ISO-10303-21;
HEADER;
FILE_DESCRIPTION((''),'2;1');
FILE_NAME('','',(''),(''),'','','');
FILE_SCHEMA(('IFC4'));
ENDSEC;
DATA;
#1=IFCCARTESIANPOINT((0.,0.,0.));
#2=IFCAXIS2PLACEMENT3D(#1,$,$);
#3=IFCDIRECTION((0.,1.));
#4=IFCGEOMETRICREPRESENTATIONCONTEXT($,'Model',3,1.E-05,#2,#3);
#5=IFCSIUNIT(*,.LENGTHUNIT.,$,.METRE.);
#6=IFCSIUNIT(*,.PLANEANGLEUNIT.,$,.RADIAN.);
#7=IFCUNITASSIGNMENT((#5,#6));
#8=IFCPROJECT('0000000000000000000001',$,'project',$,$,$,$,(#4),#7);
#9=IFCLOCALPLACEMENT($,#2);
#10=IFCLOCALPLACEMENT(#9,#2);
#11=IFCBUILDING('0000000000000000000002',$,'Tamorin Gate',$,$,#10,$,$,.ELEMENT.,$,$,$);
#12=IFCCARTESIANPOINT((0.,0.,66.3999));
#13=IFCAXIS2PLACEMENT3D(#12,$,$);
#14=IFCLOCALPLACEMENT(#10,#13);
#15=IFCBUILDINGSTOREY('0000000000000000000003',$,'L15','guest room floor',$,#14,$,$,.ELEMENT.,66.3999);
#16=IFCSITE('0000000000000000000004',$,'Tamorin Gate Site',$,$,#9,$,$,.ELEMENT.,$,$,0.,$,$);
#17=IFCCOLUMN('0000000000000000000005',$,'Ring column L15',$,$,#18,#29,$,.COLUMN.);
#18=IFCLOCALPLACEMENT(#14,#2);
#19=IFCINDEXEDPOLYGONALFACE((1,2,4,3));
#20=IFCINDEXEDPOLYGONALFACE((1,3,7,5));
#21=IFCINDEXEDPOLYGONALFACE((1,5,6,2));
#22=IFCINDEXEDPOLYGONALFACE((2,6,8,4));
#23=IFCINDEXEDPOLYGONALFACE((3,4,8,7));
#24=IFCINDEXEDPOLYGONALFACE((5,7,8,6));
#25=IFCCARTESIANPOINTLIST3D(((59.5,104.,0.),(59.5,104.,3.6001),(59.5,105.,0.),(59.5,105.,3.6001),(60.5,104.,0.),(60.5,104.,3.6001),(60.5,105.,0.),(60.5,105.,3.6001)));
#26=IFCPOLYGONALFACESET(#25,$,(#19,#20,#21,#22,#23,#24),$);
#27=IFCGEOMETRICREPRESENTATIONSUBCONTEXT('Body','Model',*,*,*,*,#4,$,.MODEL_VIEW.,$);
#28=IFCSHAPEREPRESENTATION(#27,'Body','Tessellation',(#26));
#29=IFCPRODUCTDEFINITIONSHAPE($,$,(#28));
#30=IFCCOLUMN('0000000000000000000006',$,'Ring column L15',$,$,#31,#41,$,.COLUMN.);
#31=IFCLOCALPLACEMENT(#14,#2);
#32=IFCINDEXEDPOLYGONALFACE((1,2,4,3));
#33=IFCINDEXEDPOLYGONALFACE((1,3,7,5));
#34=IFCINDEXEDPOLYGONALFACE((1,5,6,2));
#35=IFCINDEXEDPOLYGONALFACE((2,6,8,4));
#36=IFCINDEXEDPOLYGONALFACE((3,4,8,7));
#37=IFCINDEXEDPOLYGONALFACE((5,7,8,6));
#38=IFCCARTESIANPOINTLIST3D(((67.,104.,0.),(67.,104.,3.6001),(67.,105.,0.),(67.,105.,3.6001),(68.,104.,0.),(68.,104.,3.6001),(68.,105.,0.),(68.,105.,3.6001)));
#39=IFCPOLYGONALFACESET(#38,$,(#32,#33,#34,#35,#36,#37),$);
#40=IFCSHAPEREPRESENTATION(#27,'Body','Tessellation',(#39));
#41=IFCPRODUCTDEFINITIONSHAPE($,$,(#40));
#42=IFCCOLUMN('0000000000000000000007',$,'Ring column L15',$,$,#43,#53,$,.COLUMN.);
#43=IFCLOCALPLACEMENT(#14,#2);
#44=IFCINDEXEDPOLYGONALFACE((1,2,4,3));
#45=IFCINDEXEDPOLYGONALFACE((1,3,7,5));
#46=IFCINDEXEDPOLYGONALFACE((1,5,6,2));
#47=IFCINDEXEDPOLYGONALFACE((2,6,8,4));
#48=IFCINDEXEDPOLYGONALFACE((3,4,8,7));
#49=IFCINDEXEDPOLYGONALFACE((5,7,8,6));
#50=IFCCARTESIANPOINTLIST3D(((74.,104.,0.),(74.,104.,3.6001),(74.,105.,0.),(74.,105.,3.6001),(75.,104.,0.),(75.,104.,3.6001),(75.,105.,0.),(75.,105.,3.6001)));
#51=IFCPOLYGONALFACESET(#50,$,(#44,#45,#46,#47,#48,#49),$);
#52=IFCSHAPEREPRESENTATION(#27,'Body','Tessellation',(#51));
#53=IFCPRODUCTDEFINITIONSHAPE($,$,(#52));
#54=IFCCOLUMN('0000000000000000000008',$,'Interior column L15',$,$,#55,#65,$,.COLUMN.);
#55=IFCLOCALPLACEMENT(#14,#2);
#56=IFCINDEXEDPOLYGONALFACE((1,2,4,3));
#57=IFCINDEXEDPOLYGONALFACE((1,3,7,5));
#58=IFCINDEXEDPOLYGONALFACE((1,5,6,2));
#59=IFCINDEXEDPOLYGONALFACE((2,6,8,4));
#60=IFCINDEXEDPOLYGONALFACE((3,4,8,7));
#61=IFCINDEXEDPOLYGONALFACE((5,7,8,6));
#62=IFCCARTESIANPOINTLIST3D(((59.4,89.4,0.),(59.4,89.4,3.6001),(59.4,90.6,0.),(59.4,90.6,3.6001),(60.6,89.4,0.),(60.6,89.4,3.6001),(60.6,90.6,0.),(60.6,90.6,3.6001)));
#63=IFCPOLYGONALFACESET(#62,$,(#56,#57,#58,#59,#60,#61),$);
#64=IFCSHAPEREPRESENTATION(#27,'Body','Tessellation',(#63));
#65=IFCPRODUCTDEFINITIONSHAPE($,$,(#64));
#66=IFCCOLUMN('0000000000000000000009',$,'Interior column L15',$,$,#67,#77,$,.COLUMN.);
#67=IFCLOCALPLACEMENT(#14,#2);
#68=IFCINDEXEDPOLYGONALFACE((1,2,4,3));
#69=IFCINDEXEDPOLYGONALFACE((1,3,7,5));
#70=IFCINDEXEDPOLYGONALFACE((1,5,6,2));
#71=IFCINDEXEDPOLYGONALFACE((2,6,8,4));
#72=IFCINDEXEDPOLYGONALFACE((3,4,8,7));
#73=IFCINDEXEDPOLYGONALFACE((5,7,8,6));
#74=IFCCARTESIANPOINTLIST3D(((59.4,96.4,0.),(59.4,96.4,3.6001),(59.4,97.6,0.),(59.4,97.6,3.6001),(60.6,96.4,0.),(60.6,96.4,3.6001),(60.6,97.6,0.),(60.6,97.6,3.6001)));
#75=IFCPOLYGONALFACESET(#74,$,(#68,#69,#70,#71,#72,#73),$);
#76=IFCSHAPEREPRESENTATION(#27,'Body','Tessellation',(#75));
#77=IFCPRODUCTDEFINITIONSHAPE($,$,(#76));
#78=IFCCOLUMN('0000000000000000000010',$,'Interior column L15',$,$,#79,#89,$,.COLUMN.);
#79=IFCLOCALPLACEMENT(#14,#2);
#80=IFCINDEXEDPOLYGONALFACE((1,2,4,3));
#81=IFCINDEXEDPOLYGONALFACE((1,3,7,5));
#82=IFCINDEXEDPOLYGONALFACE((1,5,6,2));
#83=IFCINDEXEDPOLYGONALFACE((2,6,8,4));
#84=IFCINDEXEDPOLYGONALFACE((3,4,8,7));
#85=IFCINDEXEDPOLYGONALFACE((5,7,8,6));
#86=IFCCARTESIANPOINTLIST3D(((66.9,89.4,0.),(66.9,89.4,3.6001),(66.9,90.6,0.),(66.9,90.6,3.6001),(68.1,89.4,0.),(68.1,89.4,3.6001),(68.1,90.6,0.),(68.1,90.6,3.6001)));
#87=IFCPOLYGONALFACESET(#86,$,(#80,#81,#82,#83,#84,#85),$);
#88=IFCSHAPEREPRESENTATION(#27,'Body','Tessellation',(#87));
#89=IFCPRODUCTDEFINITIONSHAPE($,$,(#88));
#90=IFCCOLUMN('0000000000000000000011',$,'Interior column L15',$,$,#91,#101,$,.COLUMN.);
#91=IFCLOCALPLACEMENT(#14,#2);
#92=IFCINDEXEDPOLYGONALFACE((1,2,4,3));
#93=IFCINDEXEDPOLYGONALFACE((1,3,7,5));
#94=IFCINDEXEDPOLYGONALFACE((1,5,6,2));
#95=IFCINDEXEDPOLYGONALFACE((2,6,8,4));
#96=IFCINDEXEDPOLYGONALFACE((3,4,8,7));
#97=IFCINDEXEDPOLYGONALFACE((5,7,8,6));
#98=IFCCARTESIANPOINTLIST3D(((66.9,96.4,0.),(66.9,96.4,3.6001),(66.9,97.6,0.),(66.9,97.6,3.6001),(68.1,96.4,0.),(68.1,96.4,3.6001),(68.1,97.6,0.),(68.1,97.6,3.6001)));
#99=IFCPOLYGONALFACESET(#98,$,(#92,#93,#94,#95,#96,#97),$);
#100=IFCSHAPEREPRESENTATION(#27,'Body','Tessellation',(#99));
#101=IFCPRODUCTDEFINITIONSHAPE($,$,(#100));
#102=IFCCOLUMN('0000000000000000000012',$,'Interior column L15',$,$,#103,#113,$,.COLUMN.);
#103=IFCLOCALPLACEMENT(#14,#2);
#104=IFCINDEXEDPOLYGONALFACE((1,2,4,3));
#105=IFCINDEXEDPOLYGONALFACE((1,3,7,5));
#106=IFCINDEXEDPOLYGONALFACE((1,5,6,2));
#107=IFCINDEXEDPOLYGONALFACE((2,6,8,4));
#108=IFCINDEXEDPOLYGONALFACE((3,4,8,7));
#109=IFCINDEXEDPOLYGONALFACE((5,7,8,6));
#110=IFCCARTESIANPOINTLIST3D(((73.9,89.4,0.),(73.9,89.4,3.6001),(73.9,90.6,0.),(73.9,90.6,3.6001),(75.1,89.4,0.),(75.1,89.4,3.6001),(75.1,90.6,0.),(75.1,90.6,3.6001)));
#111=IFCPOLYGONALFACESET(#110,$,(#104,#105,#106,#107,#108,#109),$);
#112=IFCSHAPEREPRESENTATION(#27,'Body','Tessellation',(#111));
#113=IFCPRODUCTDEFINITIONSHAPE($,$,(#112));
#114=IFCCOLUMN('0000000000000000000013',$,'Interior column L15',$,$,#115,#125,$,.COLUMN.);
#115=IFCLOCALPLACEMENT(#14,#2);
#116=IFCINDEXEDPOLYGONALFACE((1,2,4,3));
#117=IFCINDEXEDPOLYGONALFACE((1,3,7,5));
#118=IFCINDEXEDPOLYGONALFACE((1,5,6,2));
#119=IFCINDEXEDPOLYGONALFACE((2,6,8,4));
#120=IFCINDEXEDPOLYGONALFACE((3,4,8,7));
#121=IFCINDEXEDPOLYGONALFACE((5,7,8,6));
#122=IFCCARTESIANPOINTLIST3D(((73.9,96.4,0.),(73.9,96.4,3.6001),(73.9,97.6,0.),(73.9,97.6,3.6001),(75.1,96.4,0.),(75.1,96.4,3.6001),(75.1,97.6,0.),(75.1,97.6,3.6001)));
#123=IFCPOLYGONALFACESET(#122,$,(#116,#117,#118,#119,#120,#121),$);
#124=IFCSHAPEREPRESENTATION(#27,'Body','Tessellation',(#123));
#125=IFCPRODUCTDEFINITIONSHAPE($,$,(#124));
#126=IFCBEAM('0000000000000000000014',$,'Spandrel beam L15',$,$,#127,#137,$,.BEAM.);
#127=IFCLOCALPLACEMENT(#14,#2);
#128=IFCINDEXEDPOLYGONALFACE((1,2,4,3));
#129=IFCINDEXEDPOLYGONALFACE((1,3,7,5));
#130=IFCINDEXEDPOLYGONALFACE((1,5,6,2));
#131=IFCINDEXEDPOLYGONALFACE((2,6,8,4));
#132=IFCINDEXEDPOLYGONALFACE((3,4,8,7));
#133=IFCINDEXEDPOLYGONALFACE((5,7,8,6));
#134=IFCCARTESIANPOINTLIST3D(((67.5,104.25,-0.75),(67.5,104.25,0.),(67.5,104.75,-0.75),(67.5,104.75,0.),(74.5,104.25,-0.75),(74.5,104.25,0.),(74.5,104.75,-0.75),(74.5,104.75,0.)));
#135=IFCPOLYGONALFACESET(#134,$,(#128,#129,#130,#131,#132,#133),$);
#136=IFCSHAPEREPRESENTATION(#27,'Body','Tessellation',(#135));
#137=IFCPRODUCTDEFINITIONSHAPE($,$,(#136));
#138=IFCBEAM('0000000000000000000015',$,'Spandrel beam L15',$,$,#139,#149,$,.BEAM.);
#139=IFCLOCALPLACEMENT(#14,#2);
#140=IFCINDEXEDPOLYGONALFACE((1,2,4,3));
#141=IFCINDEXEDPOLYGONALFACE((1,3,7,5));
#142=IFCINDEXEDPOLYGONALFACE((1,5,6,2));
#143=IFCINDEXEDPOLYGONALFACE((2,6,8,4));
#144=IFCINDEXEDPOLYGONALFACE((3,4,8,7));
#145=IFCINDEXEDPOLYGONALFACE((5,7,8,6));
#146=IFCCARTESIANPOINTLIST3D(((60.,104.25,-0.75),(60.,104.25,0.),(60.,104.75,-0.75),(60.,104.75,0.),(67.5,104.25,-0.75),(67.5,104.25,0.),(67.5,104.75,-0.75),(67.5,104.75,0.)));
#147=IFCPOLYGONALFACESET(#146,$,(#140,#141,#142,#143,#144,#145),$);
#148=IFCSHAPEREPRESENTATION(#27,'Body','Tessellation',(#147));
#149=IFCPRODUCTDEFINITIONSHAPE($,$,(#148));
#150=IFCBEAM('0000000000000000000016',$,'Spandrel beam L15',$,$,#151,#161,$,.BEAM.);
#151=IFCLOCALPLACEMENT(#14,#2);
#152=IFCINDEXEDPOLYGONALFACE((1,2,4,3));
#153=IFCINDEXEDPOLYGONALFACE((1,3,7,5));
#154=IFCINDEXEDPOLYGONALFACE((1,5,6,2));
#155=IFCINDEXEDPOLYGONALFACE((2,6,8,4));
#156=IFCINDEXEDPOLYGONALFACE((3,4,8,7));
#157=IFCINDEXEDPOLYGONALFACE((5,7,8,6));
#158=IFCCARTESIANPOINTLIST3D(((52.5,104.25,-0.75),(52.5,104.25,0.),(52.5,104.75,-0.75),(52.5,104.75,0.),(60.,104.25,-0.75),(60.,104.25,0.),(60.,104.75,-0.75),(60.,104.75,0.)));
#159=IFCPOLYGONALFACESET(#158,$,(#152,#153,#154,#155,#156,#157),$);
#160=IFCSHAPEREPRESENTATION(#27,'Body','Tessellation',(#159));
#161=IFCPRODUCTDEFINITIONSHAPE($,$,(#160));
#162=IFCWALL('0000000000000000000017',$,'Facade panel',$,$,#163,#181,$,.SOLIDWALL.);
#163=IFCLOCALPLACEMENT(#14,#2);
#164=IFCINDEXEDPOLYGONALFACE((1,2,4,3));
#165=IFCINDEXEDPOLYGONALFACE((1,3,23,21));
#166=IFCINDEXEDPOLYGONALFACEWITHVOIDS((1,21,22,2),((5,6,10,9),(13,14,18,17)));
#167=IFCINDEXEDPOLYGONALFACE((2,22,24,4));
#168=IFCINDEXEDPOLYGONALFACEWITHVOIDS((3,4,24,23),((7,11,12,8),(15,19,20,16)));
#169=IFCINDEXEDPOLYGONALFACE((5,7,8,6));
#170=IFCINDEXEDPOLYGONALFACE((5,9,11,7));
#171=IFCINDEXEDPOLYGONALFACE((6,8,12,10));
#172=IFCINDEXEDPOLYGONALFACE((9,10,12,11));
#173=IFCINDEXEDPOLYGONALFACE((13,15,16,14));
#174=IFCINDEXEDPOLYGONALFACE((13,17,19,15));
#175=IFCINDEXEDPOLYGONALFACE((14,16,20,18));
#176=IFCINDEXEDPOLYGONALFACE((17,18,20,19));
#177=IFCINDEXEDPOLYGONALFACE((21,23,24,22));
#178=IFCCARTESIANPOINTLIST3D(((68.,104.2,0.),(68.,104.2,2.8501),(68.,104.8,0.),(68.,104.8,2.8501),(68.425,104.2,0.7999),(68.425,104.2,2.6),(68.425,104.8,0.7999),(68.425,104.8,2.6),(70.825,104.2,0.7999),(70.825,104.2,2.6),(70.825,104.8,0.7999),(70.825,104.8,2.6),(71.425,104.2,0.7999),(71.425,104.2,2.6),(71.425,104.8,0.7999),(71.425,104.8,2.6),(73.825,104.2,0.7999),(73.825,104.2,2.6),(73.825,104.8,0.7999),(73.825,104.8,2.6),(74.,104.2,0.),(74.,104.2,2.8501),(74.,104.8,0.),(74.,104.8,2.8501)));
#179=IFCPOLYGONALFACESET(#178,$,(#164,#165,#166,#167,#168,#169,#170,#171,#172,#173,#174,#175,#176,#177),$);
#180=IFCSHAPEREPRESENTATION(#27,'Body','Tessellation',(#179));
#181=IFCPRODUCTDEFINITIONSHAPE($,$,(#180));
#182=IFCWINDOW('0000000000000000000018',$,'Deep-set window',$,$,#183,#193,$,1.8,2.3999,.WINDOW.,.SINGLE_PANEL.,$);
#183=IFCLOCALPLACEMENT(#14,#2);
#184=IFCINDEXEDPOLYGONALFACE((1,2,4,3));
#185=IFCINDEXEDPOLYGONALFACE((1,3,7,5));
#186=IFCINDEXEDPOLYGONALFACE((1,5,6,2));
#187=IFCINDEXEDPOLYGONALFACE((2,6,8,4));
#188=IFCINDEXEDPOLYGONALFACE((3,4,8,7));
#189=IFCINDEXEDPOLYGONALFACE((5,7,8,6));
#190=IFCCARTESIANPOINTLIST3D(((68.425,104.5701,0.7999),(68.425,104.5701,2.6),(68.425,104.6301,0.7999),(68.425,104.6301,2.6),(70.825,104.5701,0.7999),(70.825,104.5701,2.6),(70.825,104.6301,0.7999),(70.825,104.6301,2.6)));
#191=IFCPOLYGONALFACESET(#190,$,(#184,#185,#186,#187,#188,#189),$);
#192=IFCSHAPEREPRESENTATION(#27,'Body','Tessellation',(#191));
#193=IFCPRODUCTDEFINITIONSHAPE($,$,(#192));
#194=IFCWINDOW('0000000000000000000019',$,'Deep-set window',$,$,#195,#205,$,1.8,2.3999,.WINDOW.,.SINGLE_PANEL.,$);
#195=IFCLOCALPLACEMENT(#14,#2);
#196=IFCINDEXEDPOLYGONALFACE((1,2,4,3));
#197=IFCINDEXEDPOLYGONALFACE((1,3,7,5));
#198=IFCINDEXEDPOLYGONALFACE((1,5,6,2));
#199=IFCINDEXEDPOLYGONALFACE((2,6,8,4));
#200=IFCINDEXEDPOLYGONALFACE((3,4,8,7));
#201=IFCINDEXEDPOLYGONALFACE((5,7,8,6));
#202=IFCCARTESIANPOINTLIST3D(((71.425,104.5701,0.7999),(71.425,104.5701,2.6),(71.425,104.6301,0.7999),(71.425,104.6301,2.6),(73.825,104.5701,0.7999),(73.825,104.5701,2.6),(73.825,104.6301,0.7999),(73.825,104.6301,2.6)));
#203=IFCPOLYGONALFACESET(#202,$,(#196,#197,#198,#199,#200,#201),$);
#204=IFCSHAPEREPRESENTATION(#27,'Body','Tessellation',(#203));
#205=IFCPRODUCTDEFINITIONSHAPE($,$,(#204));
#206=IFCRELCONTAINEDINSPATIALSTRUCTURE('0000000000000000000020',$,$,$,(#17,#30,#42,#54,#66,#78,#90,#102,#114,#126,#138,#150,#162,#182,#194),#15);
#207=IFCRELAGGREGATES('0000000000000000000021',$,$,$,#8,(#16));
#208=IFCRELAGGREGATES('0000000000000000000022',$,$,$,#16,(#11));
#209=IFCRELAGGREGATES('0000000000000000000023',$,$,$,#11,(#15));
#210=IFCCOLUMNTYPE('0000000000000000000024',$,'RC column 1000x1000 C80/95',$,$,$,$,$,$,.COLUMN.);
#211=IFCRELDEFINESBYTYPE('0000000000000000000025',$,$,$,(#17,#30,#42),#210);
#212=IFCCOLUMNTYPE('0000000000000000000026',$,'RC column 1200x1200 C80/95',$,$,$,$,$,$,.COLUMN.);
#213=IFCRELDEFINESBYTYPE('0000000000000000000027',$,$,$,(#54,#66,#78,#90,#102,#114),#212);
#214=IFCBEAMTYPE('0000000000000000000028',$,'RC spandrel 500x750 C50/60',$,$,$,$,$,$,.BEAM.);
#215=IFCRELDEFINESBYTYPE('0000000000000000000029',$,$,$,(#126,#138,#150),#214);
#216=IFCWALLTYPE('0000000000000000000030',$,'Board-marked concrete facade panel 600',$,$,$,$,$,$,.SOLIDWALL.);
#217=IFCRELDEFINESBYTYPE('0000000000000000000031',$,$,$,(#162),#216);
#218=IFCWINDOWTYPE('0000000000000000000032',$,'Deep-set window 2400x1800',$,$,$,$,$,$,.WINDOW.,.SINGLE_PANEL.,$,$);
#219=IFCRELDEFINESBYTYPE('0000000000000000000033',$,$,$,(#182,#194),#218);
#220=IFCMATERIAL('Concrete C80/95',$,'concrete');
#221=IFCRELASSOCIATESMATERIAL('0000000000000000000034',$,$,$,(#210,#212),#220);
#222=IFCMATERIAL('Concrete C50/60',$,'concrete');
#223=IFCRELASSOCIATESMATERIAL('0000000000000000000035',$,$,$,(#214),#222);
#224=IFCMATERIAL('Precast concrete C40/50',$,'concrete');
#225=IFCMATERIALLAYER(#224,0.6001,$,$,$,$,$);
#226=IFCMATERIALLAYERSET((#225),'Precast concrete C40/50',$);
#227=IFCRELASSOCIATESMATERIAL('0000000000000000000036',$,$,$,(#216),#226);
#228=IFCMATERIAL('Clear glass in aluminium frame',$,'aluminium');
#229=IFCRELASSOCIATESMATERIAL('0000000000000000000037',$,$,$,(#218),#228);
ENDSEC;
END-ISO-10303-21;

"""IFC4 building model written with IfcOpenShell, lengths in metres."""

from ifc_helpers import new_model, si_unit, direction, frame, frame_2d, origin, origin_2d, place, context, subcontext, project, spatial, rectangle, extrude, material, layer, layer_set, material_profile, profile_set, type_object, element, fill, save


model = new_model("IFC4")

# Units and contexts
model_context = context("Model", 3, precision=1e-05, world=origin(), true_north=direction((0.0, 1.0)))
body_context = subcontext(model_context, "Body", "Model", "MODEL_VIEW")
ifc_project = project(units=[si_unit("LENGTHUNIT", "METRE"), si_unit("PLANEANGLEUNIT", "RADIAN")], contexts=[model_context])

# Site, building, storey
site_placement = place(None, origin())
site = spatial("IfcSite", under=ifc_project, at=site_placement, Name="Tamorin Gate Site", CompositionType="ELEMENT", RefElevation=0.0)
building_placement = place(site_placement, origin())
building = spatial("IfcBuilding", under=site, at=building_placement, Name="Tamorin Gate", CompositionType="ELEMENT")
storey_placement = place(building_placement, frame((0.0, 0.0, 66.3999)))
storey = spatial("IfcBuildingStorey", under=building, at=storey_placement, Name="L15", Description="guest room floor", CompositionType="ELEMENT", Elevation=66.3999)

# Columns
ifc_material_1 = material(Name="Concrete C80/95", Category="concrete")
ifc_material_profile_1 = material_profile(ifc_material_1, rectangle(XDim=1.0, YDim=1.0, at=origin_2d()), Name="RC 1000x1000")
ifc_profile_set_1 = profile_set([ifc_material_profile_1], Name="Concrete C80/95")
column_type_1 = type_object("IfcColumnType", Name="RC column 1000x1000 C80/95", PredefinedType="COLUMN", material=ifc_profile_set_1)
for number, where, z_axis, x_axis, name in (
    (1, (60.0, 104.5, 0.0), (0.0, 0.0, 1.0), (1.0, 0.0, 0.0), "Ring column L15"),
    (2, (67.5, 104.5, 0.0), (0.0, 0.0, 1.0), (1.0, 0.0, 0.0), "Ring column L15"),
    (3, (74.5, 104.5, 0.0), (0.0, 0.0, 1.0), (1.0, 0.0, 0.0), "Ring column L15"),
):
    element("IfcColumn", number, at=place(storey_placement, frame(where, z_axis=z_axis, x_axis=x_axis)), inside=storey, type_object=column_type_1, Name=name, PredefinedType="COLUMN", context=body_context, shape_type="SweptSolid", body=[
        extrude(rectangle(XDim=1.0, YDim=1.0, at=origin_2d()), origin(), (0.0, 0.0, 1.0), 3.6001),
    ])
ifc_material_profile_2 = material_profile(ifc_material_1, rectangle(XDim=1.2, YDim=1.2, at=origin_2d()), Name="RC 1200x1200")
ifc_profile_set_2 = profile_set([ifc_material_profile_2], Name="Concrete C80/95")
column_type_2 = type_object("IfcColumnType", Name="RC column 1200x1200 C80/95", PredefinedType="COLUMN", material=ifc_profile_set_2)
for number, where, z_axis, x_axis, name in (
    (4, (60.0, 90.0, 0.0), (0.0, 0.0, 1.0), (1.0, 0.0, 0.0), "Interior column L15"),
    (5, (60.0, 97.0, 0.0), (0.0, 0.0, 1.0), (1.0, 0.0, 0.0), "Interior column L15"),
    (6, (67.5, 90.0, 0.0), (0.0, 0.0, 1.0), (1.0, 0.0, 0.0), "Interior column L15"),
    (7, (67.5, 97.0, 0.0), (0.0, 0.0, 1.0), (1.0, 0.0, 0.0), "Interior column L15"),
    (8, (74.5, 90.0, 0.0), (0.0, 0.0, 1.0), (1.0, 0.0, 0.0), "Interior column L15"),
    (9, (74.5, 97.0, 0.0), (0.0, 0.0, 1.0), (1.0, 0.0, 0.0), "Interior column L15"),
):
    element("IfcColumn", number, at=place(storey_placement, frame(where, z_axis=z_axis, x_axis=x_axis)), inside=storey, type_object=column_type_2, Name=name, PredefinedType="COLUMN", context=body_context, shape_type="SweptSolid", body=[
        extrude(rectangle(XDim=1.2, YDim=1.2, at=origin_2d()), origin(), (0.0, 0.0, 1.0), 3.6001),
    ])

# Beams
ifc_material_2 = material(Name="Concrete C50/60", Category="concrete")
ifc_material_profile_3 = material_profile(ifc_material_2, rectangle(XDim=0.5, YDim=0.75, at=origin_2d()), Name="RC 500x750")
ifc_profile_set_3 = profile_set([ifc_material_profile_3], Name="Concrete C50/60")
beam_type = type_object("IfcBeamType", Name="RC spandrel 500x750 C50/60", PredefinedType="BEAM", material=ifc_profile_set_3)
beam_placement = place(storey_placement, frame((74.5, 104.5, -0.375), z_axis=(-1.0, 0.0, 0.0), x_axis=(0.0, -1.0, 0.0)))
element("IfcBeam", 10, at=beam_placement, inside=storey, type_object=beam_type, Name="Spandrel beam L15", PredefinedType="BEAM", context=body_context, shape_type="SweptSolid", body=[
    extrude(rectangle(XDim=0.5, YDim=0.75, at=origin_2d()), origin(), (0.0, 0.0, 1.0), 7.0),
])
for number, where, z_axis, x_axis, name in (
    (11, (67.5, 104.5, -0.375), (-1.0, 0.0, 0.0), (0.0, -1.0, 0.0), "Spandrel beam L15"),
    (12, (60.0, 104.5, -0.375), (-1.0, 0.0, 0.0), (0.0, -1.0, 0.0), "Spandrel beam L15"),
):
    element("IfcBeam", number, at=place(storey_placement, frame(where, z_axis=z_axis, x_axis=x_axis)), inside=storey, type_object=beam_type, Name=name, PredefinedType="BEAM", context=body_context, shape_type="SweptSolid", body=[
        extrude(rectangle(XDim=0.5, YDim=0.75, at=origin_2d()), origin(), (0.0, 0.0, 1.0), 7.5),
    ])

# Wall, openings, windows
ifc_material_3 = material(Name="Precast concrete C40/50", Category="concrete")
ifc_layer_1 = layer(ifc_material_3, 0.6001)
ifc_layer_set_1 = layer_set([ifc_layer_1], Name="Precast concrete C40/50")
wall_type_1 = type_object("IfcWallType", Name="Board-marked concrete facade panel 600", PredefinedType="SOLIDWALL", material=ifc_layer_set_1)
wall_1_placement = place(storey_placement, frame((74.0, 104.5, 0.0), z_axis=(0.0, 0.0, 1.0), x_axis=(-1.0, 0.0, 0.0)))
wall_1 = element("IfcWall", 13, at=wall_1_placement, inside=storey, type_object=wall_type_1, Name="Facade panel", PredefinedType="SOLIDWALL", context=body_context, shape_type="SweptSolid", body=[
    extrude(rectangle(XDim=6.0, YDim=0.6001, at=frame_2d((3.0, 0.0))), origin(), (0.0, 0.0, 1.0), 2.8501),
])
opening_1_placement = place(wall_1_placement, frame((3.175, 0.0, 0.8)))
opening_1 = element("IfcOpeningElement", 14, at=opening_1_placement, cuts=wall_1, PredefinedType="OPENING", context=body_context, shape_type="SweptSolid", body=[
    extrude(rectangle(XDim=2.3999, YDim=1.8, at=frame_2d((1.2, 0.8999))), frame((0.0, 0.3101, 0.0), z_axis=(0.0, -1.0, 0.0), x_axis=(1.0, 0.0, 0.0)), (0.0, 0.0, 1.0), 0.6201),
])
opening_2_placement = place(wall_1_placement, frame((0.175, 0.0, 0.8)))
opening_2 = element("IfcOpeningElement", 15, at=opening_2_placement, cuts=wall_1, PredefinedType="OPENING", context=body_context, shape_type="SweptSolid", body=[
    extrude(rectangle(XDim=2.3999, YDim=1.8, at=frame_2d((1.2, 0.8999))), frame((0.0, 0.3101, 0.0), z_axis=(0.0, -1.0, 0.0), x_axis=(1.0, 0.0, 0.0)), (0.0, 0.0, 1.0), 0.6201),
])
ifc_material_4 = material(Name="Clear glass in aluminium frame", Category="aluminium")
window_type = type_object("IfcWindowType", Name="Deep-set window 2400x1800", PartitioningType="SINGLE_PANEL", PredefinedType="WINDOW", material=ifc_material_4)
window_1_placement = place(opening_1_placement, origin())
window_1 = element("IfcWindow", 16, at=window_1_placement, inside=storey, type_object=window_type, Name="Deep-set window", OverallHeight=1.8, OverallWidth=2.3999, PartitioningType="SINGLE_PANEL", PredefinedType="WINDOW", context=body_context, shape_type="SweptSolid", body=[
    extrude(rectangle(XDim=2.3999, YDim=1.8, at=frame_2d((1.2, 0.8999))), frame((0.0, -0.0701, 0.0), z_axis=(0.0, -1.0, 0.0), x_axis=(1.0, 0.0, 0.0)), (0.0, 0.0, 1.0), 0.0601),
])
fill(opening_1, window_1)
window_2_placement = place(opening_2_placement, origin())
window_2 = element("IfcWindow", 17, at=window_2_placement, inside=storey, type_object=window_type, Name="Deep-set window", OverallHeight=1.8, OverallWidth=2.3999, PartitioningType="SINGLE_PANEL", PredefinedType="WINDOW", context=body_context, shape_type="SweptSolid", body=[
    extrude(rectangle(XDim=2.3999, YDim=1.8, at=frame_2d((1.2, 0.8999))), frame((0.0, -0.0701, 0.0), z_axis=(0.0, -1.0, 0.0), x_axis=(1.0, 0.0, 0.0)), (0.0, 0.0, 1.0), 0.0601),
])
fill(opening_2, window_2)

save(model, "model.ifc")
